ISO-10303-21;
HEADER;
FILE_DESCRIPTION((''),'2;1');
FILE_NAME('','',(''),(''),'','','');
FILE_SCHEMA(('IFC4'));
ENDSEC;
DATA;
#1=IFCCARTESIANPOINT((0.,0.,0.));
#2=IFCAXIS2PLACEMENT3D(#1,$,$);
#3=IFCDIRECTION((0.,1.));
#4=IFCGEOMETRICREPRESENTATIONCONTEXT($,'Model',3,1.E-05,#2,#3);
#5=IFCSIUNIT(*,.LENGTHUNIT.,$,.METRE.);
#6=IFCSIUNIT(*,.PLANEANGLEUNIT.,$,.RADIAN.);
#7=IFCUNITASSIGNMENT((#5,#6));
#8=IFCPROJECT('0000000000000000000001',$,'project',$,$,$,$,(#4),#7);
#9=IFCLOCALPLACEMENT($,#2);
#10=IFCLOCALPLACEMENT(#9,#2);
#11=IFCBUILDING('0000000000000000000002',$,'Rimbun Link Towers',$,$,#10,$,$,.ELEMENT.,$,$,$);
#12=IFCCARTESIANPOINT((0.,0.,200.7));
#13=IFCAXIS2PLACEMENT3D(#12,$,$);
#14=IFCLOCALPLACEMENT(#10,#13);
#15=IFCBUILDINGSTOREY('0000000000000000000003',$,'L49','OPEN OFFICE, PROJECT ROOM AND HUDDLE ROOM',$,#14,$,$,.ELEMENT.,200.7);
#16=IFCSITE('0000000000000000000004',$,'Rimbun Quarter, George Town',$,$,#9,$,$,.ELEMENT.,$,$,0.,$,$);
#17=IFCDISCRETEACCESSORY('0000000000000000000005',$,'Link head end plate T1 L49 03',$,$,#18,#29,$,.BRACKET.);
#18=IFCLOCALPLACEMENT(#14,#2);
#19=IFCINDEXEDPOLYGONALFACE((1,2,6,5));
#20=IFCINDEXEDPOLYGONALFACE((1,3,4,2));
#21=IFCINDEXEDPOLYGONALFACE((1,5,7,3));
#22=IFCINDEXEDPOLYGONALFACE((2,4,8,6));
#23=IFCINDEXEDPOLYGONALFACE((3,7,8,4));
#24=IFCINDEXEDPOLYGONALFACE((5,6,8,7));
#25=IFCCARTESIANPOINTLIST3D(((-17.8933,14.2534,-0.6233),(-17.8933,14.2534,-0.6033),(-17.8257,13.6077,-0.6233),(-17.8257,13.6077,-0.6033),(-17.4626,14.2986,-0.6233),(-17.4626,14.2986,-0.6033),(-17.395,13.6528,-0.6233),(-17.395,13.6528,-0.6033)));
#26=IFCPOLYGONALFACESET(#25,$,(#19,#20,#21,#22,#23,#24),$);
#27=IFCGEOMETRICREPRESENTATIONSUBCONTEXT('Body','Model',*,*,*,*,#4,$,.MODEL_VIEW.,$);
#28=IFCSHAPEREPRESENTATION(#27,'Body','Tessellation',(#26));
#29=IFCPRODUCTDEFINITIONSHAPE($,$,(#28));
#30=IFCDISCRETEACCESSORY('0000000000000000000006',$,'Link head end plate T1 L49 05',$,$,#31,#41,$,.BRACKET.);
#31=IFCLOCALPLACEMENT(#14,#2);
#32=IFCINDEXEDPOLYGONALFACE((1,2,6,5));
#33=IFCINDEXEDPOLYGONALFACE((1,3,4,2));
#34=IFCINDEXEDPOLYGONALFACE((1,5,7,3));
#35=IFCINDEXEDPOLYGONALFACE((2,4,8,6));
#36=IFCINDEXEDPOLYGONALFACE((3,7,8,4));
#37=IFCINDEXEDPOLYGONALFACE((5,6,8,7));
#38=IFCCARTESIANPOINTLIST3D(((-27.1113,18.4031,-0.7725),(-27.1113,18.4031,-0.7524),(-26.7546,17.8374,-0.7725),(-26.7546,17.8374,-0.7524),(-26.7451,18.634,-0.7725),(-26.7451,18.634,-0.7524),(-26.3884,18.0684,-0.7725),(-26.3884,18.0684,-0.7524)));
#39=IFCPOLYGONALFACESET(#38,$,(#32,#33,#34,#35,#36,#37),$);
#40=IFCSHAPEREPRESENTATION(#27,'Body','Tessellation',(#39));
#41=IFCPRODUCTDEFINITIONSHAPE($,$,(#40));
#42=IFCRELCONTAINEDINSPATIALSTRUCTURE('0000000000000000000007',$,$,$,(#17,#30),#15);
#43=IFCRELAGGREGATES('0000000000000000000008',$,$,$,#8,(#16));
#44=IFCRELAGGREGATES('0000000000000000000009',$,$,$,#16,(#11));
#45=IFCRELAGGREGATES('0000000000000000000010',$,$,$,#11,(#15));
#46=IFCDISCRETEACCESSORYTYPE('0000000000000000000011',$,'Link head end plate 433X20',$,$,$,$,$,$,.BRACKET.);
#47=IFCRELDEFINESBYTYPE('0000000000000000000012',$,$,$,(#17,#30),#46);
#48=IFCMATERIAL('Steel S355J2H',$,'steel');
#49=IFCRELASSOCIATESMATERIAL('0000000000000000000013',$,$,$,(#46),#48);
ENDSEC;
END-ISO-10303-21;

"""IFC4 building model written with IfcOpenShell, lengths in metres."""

from ifc_helpers import new_model, si_unit, direction, frame, origin, origin_2d, place, context, subcontext, project, spatial, polyline, rectangle, outline, extrude, material, material_profile, profile_set, type_object, element, save


model = new_model("IFC4")

# Units and contexts
model_context = context("Model", 3, precision=1e-05, world=origin(), true_north=direction((0.0, 1.0)))
body_context = subcontext(model_context, "Body", "Model", "MODEL_VIEW")
ifc_project = project(units=[si_unit("LENGTHUNIT", "METRE"), si_unit("PLANEANGLEUNIT", "RADIAN")], contexts=[model_context])

# Site, building, storey
site_placement = place(None, origin())
site = spatial("IfcSite", under=ifc_project, at=site_placement, Name="Rimbun Quarter, George Town", CompositionType="ELEMENT", RefElevation=0.0)
building_placement = place(site_placement, origin())
building = spatial("IfcBuilding", under=site, at=building_placement, Name="Rimbun Link Towers", CompositionType="ELEMENT")
storey_placement = place(building_placement, frame((0.0, 0.0, 200.7)))
storey = spatial("IfcBuildingStorey", under=building, at=storey_placement, Name="L49", Description="OPEN OFFICE, PROJECT ROOM AND HUDDLE ROOM", CompositionType="ELEMENT", Elevation=200.7)

# Discrete accessories
ifc_material_1 = material(Name="Steel S355J2H", Category="steel")
ifc_material_profile_1 = material_profile(ifc_material_1, rectangle(XDim=0.4331, YDim=0.4331, at=origin_2d()), Name="PL 433x433")
ifc_profile_set_1 = profile_set([ifc_material_profile_1], Name="Steel S355J2H")
discrete_accessory_type_1 = type_object("IfcDiscreteAccessoryType", Name="Link head end plate 433X20", PredefinedType="BRACKET", material=ifc_profile_set_1)
discrete_accessory_1_placement = place(storey_placement, frame((0.0, 0.0, -0.6233)))
element("IfcDiscreteAccessory", 1, at=discrete_accessory_1_placement, inside=storey, type_object=discrete_accessory_type_1, Name="Link head end plate T1 L49 03", PredefinedType="BRACKET", context=body_context, shape_type="SweptSolid", body=[
    extrude(outline(polyline([(-17.395, 13.6528), (-17.4626, 14.2986), (-17.8933, 14.2534), (-17.8257, 13.6077), (-17.395, 13.6528)])), origin(), (0.0, 0.0, 1.0), 0.02),
])
discrete_accessory_2_placement = place(storey_placement, frame((0.0, 0.0, -0.7725)))
element("IfcDiscreteAccessory", 2, at=discrete_accessory_2_placement, inside=storey, type_object=discrete_accessory_type_1, Name="Link head end plate T1 L49 05", PredefinedType="BRACKET", context=body_context, shape_type="SweptSolid", body=[
    extrude(outline(polyline([(-26.3884, 18.0684), (-26.7451, 18.634), (-27.1113, 18.4031), (-26.7546, 17.8374), (-26.3884, 18.0684)])), origin(), (0.0, 0.0, 1.0), 0.02),
])

save(model, "model.ifc")
